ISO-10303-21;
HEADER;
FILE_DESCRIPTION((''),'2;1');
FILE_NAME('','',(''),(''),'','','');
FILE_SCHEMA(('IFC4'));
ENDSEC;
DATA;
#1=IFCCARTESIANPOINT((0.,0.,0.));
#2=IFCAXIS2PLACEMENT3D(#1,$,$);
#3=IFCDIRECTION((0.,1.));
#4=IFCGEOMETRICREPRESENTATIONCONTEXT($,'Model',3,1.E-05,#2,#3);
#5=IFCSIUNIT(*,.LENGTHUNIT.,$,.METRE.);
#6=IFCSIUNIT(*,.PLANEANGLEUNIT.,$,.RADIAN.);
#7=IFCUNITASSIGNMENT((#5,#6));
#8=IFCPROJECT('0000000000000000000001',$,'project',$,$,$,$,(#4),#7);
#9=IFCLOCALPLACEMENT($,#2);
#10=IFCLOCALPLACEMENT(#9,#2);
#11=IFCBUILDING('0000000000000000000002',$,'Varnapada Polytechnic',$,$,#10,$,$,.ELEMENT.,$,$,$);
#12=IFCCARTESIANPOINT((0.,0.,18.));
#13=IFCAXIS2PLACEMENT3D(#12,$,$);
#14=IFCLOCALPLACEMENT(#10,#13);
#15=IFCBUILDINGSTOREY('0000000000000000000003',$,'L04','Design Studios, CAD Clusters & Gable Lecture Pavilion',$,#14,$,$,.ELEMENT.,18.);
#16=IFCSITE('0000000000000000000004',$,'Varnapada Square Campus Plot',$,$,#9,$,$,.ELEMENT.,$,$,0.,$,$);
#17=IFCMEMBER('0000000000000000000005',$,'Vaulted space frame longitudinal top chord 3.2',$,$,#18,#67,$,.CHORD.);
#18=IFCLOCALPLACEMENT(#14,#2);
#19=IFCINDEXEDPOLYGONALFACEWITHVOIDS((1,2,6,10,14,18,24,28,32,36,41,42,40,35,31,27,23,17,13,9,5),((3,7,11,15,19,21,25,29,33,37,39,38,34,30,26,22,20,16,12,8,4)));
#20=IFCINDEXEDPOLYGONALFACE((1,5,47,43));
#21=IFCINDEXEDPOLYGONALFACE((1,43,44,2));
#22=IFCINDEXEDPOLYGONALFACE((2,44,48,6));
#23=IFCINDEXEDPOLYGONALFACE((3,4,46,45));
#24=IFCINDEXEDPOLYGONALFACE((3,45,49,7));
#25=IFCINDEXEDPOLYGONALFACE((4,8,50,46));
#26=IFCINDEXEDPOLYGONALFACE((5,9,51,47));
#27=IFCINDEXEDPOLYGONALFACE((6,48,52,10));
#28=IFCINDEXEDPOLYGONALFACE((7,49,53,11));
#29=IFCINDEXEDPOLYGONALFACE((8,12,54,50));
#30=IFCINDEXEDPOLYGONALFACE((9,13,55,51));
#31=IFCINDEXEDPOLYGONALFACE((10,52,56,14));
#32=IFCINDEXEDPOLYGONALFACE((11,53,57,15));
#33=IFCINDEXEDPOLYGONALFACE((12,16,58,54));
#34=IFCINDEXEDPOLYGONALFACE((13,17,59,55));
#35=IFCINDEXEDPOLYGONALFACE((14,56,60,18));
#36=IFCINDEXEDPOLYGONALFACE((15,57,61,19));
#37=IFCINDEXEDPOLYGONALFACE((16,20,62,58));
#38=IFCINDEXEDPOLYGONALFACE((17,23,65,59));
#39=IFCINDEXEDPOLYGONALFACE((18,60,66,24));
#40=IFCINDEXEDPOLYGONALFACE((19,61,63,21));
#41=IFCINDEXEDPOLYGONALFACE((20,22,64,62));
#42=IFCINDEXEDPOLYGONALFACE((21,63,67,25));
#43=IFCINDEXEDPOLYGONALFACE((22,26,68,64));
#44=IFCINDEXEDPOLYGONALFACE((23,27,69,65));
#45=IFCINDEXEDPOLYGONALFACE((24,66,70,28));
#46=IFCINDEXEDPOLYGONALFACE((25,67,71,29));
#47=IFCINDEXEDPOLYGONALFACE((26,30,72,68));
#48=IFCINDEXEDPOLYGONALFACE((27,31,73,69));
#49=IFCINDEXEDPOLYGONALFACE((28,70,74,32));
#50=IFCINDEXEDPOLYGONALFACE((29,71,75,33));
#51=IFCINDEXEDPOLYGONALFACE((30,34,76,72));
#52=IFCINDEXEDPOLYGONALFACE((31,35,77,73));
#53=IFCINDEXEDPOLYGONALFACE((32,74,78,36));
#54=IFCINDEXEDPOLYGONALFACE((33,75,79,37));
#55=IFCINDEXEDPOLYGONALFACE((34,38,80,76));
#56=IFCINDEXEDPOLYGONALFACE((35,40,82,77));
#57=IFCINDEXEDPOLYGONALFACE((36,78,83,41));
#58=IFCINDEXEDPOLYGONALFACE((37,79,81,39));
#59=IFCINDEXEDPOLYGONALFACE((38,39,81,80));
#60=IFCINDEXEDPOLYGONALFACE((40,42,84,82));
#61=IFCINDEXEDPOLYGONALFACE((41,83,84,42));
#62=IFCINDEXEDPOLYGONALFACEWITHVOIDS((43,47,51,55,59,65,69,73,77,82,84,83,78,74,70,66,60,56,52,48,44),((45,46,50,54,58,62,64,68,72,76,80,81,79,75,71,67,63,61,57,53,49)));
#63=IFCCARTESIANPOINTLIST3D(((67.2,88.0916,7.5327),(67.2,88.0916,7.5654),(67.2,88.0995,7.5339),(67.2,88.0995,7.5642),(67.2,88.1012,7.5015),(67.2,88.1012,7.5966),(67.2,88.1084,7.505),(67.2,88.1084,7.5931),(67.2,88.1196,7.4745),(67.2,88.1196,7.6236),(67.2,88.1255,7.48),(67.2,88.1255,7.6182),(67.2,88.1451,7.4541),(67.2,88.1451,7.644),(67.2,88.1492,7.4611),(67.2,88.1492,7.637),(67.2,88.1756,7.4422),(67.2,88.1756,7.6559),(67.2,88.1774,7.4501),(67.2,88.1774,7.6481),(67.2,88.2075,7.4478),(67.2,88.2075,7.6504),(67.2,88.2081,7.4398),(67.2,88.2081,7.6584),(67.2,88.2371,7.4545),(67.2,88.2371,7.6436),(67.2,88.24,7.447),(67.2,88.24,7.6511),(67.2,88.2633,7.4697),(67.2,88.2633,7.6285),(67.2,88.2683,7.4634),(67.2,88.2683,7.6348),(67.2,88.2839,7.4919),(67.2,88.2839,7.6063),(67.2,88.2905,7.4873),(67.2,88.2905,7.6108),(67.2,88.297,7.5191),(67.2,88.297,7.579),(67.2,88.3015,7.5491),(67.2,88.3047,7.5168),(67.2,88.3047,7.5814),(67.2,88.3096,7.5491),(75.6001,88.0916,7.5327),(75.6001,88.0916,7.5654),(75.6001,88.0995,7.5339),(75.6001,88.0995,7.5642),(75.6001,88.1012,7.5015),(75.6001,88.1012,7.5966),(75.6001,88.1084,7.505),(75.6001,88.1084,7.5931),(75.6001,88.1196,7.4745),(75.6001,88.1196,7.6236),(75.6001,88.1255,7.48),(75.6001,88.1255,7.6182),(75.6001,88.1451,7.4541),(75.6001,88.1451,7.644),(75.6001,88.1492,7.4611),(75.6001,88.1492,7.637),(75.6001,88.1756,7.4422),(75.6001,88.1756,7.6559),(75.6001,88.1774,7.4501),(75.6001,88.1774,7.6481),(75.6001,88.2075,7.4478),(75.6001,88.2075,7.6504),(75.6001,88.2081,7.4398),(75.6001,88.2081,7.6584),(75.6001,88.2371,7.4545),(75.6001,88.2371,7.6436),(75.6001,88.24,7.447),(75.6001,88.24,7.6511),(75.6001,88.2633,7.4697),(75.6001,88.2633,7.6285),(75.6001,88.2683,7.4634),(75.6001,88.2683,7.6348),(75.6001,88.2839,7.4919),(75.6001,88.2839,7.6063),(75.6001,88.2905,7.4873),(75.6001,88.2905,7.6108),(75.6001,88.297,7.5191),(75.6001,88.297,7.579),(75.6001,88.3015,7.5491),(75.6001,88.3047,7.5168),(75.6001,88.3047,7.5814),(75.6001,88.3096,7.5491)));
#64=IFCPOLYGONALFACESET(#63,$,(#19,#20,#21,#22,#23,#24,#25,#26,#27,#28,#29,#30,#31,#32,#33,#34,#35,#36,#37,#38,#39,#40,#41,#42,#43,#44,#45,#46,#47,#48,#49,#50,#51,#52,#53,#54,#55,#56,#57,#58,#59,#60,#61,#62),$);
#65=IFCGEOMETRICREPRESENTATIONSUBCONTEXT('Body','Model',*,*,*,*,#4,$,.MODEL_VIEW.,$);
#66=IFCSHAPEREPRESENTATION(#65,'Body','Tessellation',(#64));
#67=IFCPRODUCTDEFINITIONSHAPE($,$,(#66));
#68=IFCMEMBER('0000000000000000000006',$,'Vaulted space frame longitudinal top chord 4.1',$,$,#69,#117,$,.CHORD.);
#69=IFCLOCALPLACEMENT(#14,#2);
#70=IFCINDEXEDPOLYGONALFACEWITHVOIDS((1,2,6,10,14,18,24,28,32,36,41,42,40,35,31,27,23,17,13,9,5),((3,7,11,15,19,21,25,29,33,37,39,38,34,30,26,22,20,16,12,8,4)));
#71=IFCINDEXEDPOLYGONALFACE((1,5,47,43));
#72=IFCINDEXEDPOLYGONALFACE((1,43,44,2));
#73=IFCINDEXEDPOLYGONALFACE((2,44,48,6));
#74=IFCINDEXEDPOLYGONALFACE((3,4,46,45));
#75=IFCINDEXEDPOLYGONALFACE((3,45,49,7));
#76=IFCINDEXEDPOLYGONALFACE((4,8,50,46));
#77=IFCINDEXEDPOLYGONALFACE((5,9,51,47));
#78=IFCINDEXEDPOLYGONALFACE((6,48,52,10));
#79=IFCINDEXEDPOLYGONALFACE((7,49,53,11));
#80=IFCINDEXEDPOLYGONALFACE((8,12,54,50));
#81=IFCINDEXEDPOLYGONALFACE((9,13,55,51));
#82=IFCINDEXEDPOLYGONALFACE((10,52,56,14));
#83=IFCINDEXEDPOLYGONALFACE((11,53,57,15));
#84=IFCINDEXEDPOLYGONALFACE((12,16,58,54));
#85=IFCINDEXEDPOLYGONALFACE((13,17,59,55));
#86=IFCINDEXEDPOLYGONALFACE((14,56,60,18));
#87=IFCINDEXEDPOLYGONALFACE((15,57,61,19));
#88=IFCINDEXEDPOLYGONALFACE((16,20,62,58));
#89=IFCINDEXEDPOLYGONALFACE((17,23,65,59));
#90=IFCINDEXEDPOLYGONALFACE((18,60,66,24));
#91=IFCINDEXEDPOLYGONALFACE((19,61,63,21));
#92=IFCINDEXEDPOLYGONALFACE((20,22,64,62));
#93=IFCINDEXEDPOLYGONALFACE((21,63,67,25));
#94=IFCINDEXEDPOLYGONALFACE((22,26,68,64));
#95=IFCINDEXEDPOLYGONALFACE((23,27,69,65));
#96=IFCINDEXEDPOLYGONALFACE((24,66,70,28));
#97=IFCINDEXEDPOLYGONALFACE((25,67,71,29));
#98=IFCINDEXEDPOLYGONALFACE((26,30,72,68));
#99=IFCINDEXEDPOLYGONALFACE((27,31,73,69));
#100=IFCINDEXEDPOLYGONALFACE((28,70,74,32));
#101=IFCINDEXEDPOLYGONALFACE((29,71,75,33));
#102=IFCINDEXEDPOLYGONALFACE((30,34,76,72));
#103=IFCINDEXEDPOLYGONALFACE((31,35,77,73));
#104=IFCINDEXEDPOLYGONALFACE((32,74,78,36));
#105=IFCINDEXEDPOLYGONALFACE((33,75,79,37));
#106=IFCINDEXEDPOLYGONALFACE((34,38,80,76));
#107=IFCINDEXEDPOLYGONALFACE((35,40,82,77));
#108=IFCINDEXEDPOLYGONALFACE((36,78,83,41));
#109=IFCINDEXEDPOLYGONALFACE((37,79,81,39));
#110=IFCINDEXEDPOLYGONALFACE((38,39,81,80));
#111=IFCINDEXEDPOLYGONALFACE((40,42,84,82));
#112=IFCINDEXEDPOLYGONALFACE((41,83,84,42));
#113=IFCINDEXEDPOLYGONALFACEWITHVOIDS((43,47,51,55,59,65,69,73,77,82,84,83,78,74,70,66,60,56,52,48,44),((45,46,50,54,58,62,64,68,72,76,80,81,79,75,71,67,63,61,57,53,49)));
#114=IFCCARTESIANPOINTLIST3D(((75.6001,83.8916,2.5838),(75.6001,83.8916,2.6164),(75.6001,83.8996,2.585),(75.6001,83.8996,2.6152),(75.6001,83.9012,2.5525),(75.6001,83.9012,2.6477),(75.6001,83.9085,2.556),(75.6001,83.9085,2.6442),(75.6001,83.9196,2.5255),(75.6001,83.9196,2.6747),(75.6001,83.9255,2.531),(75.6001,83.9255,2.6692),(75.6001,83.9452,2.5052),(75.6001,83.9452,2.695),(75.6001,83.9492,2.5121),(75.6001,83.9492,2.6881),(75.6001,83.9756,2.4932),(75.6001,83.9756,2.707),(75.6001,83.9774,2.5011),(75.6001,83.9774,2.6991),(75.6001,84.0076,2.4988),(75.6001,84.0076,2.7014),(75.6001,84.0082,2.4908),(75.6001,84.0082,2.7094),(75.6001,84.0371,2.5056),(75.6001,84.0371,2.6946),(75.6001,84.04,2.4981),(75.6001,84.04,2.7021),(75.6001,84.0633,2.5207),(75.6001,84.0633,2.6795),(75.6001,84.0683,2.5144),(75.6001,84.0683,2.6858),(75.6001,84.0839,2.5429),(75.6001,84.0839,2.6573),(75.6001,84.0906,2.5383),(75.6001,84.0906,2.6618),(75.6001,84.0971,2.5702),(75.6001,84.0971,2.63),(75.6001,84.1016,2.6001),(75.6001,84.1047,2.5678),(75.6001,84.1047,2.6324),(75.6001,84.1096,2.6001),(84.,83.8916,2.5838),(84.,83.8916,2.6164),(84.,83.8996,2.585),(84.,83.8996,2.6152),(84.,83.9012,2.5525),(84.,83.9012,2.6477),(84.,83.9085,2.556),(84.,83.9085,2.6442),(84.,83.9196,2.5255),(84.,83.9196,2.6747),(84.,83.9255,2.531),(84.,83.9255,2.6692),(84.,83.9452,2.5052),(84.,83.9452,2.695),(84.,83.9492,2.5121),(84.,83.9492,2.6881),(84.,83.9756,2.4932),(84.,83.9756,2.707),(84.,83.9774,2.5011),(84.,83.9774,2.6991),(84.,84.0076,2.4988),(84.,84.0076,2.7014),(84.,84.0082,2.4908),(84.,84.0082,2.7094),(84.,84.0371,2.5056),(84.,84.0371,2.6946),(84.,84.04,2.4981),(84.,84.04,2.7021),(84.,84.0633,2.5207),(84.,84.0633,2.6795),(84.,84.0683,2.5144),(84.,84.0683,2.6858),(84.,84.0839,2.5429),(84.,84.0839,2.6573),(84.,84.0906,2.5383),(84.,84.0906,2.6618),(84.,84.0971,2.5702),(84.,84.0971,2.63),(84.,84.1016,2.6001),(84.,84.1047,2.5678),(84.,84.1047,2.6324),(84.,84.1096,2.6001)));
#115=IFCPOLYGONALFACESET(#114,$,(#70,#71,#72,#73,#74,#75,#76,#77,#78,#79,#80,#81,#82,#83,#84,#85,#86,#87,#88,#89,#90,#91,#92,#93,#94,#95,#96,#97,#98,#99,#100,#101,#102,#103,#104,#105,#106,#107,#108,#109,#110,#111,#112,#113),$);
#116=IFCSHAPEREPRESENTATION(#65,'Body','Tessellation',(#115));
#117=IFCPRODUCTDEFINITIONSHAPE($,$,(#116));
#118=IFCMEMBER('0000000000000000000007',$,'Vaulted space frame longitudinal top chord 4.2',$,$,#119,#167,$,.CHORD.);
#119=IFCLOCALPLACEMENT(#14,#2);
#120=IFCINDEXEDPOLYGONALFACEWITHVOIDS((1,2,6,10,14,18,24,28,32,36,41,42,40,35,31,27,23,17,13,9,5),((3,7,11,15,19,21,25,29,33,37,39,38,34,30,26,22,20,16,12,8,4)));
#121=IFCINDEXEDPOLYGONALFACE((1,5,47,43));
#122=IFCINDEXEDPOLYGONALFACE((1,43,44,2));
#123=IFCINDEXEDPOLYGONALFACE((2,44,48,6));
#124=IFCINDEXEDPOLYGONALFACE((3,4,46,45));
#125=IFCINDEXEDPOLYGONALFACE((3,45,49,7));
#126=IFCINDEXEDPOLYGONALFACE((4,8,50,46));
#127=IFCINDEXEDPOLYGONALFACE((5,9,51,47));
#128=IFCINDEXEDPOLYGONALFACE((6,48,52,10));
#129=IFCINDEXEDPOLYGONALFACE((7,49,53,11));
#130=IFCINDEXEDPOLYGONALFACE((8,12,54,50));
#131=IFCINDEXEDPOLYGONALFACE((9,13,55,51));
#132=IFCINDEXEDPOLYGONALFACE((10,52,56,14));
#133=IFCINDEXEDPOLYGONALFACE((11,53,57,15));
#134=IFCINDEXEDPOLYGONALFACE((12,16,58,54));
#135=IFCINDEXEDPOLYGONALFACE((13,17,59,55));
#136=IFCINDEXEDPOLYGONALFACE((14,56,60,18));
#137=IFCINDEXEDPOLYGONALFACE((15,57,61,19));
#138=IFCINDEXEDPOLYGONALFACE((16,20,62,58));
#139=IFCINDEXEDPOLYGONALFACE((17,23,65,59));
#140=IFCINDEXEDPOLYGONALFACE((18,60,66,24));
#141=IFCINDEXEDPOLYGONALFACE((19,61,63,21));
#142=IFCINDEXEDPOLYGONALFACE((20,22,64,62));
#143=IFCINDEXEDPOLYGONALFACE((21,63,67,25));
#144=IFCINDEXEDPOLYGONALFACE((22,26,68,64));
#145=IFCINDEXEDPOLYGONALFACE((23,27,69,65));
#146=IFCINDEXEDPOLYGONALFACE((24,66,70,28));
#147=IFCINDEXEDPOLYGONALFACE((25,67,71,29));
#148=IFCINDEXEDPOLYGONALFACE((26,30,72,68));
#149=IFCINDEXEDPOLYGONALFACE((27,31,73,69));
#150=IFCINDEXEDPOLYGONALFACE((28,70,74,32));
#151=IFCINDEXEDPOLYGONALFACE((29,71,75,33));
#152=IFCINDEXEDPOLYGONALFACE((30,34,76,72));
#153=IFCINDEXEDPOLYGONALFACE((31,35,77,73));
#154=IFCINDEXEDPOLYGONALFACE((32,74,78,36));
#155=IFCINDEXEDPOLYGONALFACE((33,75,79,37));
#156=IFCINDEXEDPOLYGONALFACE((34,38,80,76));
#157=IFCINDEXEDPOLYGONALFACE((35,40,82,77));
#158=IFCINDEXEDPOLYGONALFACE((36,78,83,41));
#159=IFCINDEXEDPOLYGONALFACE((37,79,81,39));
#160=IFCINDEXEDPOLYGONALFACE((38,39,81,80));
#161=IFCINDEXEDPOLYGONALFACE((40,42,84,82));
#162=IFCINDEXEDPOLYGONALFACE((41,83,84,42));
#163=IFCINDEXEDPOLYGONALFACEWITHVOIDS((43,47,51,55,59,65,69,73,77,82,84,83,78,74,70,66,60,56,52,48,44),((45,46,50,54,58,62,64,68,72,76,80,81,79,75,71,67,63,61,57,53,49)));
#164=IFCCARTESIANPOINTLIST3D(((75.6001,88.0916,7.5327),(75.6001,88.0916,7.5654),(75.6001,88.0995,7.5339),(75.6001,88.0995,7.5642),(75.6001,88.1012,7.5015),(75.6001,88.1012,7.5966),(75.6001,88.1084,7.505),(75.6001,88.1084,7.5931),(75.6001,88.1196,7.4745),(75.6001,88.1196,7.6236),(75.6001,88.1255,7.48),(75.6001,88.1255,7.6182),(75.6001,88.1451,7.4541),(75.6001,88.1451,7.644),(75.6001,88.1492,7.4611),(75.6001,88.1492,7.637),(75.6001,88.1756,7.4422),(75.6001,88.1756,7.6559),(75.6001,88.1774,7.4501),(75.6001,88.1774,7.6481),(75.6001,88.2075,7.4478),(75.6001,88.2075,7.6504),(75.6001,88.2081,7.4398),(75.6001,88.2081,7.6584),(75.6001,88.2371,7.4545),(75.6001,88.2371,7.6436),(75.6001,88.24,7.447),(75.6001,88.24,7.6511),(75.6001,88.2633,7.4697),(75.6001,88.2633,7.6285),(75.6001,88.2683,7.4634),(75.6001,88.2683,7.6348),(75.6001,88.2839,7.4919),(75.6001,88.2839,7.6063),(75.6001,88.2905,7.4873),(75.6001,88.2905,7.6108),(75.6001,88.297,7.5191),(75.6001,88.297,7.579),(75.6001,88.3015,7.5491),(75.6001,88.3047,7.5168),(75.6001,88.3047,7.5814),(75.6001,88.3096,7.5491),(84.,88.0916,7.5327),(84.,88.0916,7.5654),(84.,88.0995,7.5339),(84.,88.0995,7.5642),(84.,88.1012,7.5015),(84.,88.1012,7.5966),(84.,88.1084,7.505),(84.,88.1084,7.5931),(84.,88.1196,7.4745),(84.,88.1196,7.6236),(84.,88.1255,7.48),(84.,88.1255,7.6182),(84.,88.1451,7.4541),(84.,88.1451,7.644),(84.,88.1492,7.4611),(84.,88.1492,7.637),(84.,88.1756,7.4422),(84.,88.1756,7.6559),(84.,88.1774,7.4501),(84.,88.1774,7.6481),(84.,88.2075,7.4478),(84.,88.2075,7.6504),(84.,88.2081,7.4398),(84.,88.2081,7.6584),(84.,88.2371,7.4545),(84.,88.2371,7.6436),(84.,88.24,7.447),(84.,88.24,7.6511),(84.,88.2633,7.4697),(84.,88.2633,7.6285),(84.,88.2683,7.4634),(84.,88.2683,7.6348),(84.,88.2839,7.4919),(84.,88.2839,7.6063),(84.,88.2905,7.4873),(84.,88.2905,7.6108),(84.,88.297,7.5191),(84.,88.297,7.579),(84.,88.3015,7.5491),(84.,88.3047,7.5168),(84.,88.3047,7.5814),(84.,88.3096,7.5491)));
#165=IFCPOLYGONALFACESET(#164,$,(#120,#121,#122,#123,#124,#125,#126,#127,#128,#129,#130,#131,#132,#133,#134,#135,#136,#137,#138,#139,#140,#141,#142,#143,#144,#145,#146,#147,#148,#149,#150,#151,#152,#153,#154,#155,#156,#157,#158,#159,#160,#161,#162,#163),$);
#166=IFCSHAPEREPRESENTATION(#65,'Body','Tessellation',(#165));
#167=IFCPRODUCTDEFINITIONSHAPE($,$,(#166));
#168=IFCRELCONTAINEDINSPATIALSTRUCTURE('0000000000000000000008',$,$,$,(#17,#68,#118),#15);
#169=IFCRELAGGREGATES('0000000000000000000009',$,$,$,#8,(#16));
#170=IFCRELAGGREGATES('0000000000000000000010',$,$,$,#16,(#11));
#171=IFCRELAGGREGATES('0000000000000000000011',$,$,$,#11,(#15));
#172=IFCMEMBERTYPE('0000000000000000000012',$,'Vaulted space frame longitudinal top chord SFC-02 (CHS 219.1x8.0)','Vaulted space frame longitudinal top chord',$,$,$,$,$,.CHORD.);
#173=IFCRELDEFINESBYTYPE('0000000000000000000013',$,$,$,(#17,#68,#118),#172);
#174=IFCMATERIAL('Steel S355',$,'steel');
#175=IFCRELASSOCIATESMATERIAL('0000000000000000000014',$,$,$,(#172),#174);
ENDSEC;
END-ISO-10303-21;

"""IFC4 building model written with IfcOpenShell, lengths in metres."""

from ifc_helpers import new_model, si_unit, direction, frame, origin, origin_2d, place, context, subcontext, project, spatial, hollow_circle, extrude, material, material_profile, profile_set, type_object, element, save


model = new_model("IFC4")

# Units and contexts
model_context = context("Model", 3, precision=1e-05, world=origin(), true_north=direction((0.0, 1.0)))
body_context = subcontext(model_context, "Body", "Model", "MODEL_VIEW")
ifc_project = project(units=[si_unit("LENGTHUNIT", "METRE"), si_unit("PLANEANGLEUNIT", "RADIAN")], contexts=[model_context])

# Site, building, storey
site_placement = place(None, origin())
site = spatial("IfcSite", under=ifc_project, at=site_placement, Name="Varnapada Square Campus Plot", CompositionType="ELEMENT", RefElevation=0.0)
building_placement = place(site_placement, origin())
building = spatial("IfcBuilding", under=site, at=building_placement, Name="Varnapada Polytechnic", CompositionType="ELEMENT")
storey_placement = place(building_placement, frame((0.0, 0.0, 18.0)))
storey = spatial("IfcBuildingStorey", under=building, at=storey_placement, Name="L04", Description="Design Studios, CAD Clusters & Gable Lecture Pavilion", CompositionType="ELEMENT", Elevation=18.0)

# Shared definitions
ifc_material = material(Name="Steel S355", Category="steel")

# Members
ifc_material_profile_1 = material_profile(ifc_material, hollow_circle(Radius=0.1096, WallThickness=0.0081, at=origin_2d()), Name="CHS 219.1x8.0")
ifc_profile_set_1 = profile_set([ifc_material_profile_1], Name="Steel S355")
member_type_1 = type_object("IfcMemberType", Name="Vaulted space frame longitudinal top chord SFC-02 (CHS 219.1x8.0)", Description="Vaulted space frame longitudinal top chord", PredefinedType="CHORD", material=ifc_profile_set_1)
for number, where, z_axis, x_axis, name in (
    (1, (67.2, 88.2, 7.5491), (1.0, 0.0, 0.0), (0.0, 1.0, 0.0), "Vaulted space frame longitudinal top chord 3.2"),
):
    element("IfcMember", number, at=place(storey_placement, frame(where, z_axis=z_axis, x_axis=x_axis)), inside=storey, type_object=member_type_1, Name=name, PredefinedType="CHORD", context=body_context, shape_type="SweptSolid", body=[
        extrude(hollow_circle(Radius=0.1096, WallThickness=0.0081, at=origin_2d()), origin(), (0.0, 0.0, 1.0), 8.4001),
    ])
for number, where, z_axis, x_axis, name in (
    (2, (75.6001, 84.0, 2.6001), (1.0, 0.0, 0.0), (0.0, 1.0, 0.0), "Vaulted space frame longitudinal top chord 4.1"),
    (3, (75.6001, 88.2, 7.5491), (1.0, 0.0, 0.0), (0.0, 1.0, 0.0), "Vaulted space frame longitudinal top chord 4.2"),
):
    element("IfcMember", number, at=place(storey_placement, frame(where, z_axis=z_axis, x_axis=x_axis)), inside=storey, type_object=member_type_1, Name=name, PredefinedType="CHORD", context=body_context, shape_type="SweptSolid", body=[
        extrude(hollow_circle(Radius=0.1096, WallThickness=0.0081, at=origin_2d()), origin(), (0.0, 0.0, 1.0), 8.3999),
    ])

save(model, "model.ifc")
